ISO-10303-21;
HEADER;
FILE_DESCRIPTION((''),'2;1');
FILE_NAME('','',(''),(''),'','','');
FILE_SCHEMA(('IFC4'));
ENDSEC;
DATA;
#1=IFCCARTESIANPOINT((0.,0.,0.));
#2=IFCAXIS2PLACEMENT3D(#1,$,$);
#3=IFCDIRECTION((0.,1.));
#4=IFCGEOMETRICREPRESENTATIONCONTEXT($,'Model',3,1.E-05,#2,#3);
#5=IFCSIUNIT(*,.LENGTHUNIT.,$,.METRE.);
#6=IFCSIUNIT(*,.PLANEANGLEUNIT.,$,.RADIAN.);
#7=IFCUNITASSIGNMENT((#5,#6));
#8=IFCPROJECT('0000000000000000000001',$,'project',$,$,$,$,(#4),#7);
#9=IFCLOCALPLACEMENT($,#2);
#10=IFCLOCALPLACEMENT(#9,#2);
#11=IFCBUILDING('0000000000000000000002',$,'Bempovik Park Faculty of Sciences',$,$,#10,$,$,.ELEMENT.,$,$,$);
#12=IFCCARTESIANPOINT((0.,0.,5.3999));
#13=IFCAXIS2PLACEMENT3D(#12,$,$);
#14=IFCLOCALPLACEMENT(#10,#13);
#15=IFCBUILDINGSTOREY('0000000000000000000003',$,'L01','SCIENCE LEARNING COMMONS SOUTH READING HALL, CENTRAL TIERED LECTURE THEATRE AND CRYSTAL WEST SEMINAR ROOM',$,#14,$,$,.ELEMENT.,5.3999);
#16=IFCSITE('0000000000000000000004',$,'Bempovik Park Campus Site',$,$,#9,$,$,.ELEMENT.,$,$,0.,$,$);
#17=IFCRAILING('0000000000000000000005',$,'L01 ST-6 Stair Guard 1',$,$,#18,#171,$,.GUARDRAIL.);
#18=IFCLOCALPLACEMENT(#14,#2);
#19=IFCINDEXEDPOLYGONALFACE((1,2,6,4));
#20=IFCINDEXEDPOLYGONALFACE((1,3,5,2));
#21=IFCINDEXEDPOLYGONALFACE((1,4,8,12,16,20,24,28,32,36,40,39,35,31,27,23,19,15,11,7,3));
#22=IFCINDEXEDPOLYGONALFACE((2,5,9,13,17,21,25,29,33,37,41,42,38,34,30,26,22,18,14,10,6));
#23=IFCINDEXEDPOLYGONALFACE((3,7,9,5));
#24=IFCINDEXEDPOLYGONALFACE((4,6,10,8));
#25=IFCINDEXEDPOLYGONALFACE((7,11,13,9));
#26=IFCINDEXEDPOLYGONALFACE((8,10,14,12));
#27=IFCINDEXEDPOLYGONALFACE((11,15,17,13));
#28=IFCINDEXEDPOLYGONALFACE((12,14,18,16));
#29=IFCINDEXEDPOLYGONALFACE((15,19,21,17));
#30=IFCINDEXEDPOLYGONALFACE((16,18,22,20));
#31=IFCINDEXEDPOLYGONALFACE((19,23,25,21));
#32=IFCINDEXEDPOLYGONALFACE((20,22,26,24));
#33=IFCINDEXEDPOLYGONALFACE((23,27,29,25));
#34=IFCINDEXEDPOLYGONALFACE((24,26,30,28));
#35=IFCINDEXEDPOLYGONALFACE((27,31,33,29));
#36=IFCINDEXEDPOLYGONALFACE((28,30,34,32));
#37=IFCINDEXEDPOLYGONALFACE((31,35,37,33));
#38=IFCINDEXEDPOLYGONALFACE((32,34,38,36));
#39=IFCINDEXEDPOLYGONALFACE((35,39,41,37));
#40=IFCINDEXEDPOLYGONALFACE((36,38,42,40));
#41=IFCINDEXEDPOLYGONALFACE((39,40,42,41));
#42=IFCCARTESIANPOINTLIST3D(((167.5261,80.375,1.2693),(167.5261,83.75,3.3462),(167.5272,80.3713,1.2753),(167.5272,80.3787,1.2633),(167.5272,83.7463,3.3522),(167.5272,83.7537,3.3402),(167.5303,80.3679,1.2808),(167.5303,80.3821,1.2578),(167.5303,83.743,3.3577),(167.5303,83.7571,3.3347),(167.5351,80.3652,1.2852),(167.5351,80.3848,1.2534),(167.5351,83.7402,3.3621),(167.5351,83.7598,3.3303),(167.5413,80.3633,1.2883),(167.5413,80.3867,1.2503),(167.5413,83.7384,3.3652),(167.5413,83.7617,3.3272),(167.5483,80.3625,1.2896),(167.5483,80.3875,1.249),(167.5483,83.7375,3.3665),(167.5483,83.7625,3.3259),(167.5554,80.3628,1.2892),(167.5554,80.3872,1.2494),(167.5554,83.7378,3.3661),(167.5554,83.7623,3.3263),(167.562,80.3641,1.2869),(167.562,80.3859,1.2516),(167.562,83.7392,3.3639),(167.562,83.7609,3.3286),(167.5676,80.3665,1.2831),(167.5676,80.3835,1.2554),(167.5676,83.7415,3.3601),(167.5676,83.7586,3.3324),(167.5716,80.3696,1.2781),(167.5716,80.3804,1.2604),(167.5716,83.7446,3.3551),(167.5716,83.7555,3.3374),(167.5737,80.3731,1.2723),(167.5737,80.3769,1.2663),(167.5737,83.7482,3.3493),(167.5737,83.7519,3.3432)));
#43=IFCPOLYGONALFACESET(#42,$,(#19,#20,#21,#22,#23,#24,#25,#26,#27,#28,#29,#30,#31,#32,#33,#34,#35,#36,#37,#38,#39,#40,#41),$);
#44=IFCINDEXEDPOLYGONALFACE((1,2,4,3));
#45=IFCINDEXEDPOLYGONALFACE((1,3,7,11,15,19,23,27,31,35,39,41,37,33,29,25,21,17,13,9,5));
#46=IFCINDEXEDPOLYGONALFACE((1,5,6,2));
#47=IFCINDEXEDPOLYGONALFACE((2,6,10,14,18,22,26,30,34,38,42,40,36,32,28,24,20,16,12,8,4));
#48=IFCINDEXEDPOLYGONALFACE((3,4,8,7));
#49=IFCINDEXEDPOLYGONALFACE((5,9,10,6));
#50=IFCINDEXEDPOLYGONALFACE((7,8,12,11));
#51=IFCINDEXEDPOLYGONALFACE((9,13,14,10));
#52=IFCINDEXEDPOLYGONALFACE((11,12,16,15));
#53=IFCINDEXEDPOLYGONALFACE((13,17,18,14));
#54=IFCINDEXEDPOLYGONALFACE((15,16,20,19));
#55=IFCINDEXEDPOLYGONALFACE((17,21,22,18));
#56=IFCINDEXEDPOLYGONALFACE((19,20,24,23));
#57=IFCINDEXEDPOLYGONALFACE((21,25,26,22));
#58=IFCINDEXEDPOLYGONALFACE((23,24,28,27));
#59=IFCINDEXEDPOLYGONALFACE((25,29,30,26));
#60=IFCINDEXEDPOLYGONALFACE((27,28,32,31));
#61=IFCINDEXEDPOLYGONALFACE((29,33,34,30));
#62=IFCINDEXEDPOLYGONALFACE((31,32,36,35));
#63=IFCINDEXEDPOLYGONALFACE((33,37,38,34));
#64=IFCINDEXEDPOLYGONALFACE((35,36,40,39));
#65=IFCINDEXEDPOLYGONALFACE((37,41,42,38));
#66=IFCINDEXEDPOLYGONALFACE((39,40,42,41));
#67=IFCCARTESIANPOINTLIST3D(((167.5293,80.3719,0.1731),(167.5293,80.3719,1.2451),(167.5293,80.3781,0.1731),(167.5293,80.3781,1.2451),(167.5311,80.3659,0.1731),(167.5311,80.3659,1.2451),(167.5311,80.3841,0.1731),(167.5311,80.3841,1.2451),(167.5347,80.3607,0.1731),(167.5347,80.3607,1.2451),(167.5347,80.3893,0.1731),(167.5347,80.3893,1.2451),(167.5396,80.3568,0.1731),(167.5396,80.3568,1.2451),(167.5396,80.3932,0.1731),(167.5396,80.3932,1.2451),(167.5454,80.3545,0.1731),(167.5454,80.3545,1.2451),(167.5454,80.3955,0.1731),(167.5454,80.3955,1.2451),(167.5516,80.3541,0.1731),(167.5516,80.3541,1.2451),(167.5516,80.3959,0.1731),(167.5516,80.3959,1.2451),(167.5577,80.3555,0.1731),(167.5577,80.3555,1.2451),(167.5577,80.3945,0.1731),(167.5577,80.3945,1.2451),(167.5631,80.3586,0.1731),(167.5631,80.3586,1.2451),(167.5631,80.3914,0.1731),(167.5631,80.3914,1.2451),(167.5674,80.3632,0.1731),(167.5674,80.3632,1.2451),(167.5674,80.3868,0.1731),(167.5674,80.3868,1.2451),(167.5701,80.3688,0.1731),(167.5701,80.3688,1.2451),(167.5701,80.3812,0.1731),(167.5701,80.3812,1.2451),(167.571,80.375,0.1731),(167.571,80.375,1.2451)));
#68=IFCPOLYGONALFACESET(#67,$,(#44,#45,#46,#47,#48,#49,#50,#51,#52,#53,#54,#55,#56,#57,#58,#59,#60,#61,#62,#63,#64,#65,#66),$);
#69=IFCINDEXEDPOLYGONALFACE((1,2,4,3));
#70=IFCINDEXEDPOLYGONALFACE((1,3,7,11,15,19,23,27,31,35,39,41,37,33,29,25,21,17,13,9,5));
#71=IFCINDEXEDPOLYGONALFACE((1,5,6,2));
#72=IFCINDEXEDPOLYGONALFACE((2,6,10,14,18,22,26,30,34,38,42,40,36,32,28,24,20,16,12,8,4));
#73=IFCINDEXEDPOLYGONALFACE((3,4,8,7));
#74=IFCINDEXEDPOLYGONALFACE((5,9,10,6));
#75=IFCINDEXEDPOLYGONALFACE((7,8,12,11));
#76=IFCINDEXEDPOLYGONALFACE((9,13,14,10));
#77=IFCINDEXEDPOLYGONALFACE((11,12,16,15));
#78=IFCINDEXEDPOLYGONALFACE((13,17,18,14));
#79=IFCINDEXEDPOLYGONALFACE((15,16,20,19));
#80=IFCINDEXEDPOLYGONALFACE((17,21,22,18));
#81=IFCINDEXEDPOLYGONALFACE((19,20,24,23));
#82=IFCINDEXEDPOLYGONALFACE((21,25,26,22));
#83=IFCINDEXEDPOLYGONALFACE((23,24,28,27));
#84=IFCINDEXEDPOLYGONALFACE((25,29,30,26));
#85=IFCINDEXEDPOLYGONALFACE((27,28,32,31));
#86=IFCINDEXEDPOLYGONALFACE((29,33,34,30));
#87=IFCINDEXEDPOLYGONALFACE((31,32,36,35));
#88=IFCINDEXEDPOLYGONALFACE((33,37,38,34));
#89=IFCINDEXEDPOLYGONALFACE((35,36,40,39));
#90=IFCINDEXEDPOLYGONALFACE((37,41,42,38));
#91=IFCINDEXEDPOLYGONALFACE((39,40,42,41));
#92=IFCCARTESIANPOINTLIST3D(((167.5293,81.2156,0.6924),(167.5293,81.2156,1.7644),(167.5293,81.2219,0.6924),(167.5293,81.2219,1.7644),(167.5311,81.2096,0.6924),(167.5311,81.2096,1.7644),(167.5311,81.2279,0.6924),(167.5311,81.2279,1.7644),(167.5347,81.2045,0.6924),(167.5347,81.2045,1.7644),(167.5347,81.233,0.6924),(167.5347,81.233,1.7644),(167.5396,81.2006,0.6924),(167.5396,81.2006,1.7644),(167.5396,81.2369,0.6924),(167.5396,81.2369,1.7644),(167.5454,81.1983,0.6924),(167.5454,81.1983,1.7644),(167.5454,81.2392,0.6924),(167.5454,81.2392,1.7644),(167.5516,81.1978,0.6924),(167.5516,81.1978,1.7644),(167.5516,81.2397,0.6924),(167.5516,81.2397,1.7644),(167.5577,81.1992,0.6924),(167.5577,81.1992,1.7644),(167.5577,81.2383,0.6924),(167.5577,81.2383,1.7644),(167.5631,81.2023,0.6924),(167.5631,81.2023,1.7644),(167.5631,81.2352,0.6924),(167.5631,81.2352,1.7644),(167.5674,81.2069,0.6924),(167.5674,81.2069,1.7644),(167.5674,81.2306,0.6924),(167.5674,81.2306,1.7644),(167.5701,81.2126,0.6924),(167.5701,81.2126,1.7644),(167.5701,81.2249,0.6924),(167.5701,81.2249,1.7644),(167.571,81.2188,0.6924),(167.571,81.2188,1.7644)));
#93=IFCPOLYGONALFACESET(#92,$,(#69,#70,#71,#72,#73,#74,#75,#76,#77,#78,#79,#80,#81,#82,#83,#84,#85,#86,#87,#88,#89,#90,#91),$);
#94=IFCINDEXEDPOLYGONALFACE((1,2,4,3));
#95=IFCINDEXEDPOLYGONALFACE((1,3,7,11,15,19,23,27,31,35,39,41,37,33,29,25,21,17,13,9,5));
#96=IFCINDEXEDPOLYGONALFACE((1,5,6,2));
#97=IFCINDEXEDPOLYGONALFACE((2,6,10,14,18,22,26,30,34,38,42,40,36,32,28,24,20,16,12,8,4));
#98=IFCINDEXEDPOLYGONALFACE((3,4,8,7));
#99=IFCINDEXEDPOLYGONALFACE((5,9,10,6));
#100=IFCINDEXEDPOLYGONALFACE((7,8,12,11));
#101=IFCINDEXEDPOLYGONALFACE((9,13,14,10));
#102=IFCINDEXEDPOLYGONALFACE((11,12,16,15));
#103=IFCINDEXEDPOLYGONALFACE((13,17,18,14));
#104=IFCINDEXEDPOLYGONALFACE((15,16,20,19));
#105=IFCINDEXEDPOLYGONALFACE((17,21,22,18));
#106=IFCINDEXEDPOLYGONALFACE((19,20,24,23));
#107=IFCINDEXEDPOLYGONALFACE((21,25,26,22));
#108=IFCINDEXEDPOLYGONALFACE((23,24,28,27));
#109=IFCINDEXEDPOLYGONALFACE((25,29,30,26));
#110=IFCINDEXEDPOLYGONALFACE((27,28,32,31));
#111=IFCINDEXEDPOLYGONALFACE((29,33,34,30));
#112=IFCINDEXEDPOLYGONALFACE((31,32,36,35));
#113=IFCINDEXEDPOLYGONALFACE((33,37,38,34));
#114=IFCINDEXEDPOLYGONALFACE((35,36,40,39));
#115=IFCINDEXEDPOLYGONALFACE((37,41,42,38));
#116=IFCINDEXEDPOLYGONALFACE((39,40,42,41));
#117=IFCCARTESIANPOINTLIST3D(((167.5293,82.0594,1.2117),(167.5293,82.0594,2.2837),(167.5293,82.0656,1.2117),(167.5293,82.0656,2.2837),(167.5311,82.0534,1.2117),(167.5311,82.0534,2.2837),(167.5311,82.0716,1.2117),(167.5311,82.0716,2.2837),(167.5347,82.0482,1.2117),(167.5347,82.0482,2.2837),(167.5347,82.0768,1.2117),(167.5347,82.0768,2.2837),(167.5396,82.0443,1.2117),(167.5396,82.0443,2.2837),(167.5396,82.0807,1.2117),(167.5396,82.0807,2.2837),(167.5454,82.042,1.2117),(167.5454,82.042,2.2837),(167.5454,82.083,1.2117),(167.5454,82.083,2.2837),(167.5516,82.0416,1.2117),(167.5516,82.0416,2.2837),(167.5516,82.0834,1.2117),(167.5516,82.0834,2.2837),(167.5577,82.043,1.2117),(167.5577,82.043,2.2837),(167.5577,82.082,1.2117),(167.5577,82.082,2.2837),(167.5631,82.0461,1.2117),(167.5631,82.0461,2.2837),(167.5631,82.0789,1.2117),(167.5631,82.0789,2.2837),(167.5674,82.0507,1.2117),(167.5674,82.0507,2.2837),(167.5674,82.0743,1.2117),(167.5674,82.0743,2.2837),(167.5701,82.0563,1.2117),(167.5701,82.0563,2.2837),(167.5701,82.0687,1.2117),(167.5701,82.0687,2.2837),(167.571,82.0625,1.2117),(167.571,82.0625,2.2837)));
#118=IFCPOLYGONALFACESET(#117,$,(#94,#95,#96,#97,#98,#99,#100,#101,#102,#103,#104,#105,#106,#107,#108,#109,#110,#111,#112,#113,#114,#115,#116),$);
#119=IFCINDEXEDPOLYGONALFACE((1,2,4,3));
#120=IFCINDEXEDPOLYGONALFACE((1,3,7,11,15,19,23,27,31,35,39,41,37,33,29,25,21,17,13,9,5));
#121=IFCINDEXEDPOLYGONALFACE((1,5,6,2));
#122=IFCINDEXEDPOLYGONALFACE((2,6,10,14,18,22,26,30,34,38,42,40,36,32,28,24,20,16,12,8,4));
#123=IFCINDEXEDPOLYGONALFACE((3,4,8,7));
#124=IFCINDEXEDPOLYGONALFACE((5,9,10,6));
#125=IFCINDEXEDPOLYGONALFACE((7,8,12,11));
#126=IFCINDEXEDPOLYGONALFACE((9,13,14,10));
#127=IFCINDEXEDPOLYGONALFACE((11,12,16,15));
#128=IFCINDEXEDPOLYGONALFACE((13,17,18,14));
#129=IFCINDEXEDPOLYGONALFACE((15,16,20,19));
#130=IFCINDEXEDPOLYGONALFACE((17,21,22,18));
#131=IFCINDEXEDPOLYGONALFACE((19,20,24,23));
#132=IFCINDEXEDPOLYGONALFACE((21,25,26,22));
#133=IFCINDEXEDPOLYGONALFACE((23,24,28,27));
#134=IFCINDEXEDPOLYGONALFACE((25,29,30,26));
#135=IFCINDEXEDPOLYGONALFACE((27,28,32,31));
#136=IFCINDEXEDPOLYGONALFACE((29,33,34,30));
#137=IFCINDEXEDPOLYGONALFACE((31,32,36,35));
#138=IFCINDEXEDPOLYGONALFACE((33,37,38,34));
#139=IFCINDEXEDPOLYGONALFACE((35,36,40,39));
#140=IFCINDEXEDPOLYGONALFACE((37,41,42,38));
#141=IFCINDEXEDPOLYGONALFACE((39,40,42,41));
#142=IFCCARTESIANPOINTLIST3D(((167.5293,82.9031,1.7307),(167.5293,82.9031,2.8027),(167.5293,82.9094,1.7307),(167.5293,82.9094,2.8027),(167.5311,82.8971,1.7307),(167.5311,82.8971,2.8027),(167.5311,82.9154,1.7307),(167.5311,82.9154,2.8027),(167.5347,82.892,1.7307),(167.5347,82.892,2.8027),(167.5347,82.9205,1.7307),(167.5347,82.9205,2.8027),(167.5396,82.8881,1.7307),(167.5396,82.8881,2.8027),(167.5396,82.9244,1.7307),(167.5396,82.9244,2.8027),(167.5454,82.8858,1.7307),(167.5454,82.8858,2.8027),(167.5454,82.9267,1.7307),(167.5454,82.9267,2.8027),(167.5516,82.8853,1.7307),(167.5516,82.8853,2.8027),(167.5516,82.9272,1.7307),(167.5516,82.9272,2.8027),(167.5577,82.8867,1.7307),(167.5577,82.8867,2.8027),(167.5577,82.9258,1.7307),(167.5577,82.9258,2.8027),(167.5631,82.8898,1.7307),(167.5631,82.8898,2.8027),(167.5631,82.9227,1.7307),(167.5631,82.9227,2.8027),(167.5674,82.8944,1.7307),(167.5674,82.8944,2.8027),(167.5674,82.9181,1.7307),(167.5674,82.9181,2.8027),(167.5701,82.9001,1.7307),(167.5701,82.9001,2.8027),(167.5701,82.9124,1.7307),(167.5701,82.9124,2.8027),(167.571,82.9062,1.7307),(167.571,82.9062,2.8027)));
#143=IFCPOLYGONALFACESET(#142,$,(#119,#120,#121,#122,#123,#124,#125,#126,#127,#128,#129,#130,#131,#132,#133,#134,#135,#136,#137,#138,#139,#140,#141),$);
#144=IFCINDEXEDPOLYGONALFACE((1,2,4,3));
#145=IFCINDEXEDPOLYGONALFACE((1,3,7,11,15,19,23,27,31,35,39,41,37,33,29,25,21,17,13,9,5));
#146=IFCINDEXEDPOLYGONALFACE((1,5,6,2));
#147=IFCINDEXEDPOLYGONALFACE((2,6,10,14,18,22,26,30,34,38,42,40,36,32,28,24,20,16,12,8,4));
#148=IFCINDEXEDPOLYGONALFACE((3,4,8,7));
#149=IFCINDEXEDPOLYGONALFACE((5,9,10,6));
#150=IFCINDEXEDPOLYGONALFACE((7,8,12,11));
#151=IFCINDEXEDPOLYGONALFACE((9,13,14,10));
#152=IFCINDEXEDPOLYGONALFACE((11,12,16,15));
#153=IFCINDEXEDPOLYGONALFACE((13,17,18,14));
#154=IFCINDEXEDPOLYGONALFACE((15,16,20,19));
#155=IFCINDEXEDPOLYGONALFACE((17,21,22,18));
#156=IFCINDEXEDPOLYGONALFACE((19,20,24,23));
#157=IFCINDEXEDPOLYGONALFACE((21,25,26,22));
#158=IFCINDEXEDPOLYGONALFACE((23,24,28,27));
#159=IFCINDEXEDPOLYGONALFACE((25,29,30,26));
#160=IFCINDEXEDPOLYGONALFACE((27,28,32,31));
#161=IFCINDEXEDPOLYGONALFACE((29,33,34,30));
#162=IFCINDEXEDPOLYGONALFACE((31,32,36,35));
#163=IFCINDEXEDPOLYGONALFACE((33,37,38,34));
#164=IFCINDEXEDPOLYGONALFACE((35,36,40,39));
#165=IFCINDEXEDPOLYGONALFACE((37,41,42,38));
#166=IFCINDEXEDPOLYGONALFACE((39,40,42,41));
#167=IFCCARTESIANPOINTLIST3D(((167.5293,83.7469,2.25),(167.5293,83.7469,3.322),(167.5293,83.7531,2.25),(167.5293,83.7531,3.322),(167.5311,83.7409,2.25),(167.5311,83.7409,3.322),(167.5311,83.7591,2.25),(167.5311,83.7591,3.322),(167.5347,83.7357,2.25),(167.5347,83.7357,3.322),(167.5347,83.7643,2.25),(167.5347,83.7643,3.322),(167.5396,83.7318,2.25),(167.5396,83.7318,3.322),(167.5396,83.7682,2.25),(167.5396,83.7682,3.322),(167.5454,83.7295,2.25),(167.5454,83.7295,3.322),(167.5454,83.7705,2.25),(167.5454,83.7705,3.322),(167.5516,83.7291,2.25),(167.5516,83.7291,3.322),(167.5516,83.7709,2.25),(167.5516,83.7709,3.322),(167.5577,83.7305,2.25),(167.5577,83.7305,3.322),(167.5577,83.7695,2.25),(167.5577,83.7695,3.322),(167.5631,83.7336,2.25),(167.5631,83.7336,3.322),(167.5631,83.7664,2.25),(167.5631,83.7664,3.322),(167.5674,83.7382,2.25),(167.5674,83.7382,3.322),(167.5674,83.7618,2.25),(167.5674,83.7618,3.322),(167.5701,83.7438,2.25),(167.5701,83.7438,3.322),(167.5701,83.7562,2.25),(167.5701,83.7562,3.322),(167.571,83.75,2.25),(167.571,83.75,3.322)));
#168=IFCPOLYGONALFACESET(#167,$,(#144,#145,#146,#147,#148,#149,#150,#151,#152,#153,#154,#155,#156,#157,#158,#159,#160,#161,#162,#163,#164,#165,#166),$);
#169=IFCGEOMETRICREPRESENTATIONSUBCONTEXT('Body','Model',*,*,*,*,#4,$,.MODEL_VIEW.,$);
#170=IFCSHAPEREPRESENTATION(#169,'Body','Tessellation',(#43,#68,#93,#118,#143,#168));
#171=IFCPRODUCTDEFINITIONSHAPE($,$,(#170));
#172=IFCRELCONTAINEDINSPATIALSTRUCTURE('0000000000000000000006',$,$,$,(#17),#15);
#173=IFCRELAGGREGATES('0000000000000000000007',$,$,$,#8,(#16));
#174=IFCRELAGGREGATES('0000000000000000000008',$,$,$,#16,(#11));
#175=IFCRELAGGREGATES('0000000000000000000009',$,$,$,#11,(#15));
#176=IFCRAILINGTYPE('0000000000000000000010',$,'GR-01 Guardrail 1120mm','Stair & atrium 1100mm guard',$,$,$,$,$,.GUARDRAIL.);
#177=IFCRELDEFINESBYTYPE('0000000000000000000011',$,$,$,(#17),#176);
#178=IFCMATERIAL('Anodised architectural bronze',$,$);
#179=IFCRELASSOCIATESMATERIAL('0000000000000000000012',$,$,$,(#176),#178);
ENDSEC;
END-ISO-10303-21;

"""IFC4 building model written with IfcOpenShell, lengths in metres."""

from ifc_helpers import new_model, si_unit, direction, frame, origin, origin_2d, place, context, subcontext, project, spatial, circle, extrude, material, type_object, element, save


model = new_model("IFC4")

# Units and contexts
model_context = context("Model", 3, precision=1e-05, world=origin(), true_north=direction((0.0, 1.0)))
body_context = subcontext(model_context, "Body", "Model", "MODEL_VIEW")
ifc_project = project(units=[si_unit("LENGTHUNIT", "METRE"), si_unit("PLANEANGLEUNIT", "RADIAN")], contexts=[model_context])

# Site, building, storey
site_placement = place(None, origin())
site = spatial("IfcSite", under=ifc_project, at=site_placement, Name="Bempovik Park Campus Site", CompositionType="ELEMENT", RefElevation=0.0)
building_placement = place(site_placement, origin())
building = spatial("IfcBuilding", under=site, at=building_placement, Name="Bempovik Park Faculty of Sciences", CompositionType="ELEMENT")
storey_placement = place(building_placement, frame((0.0, 0.0, 5.3999)))
storey = spatial("IfcBuildingStorey", under=building, at=storey_placement, Name="L01", Description="SCIENCE LEARNING COMMONS SOUTH READING HALL, CENTRAL TIERED LECTURE THEATRE AND CRYSTAL WEST SEMINAR ROOM", CompositionType="ELEMENT", Elevation=5.3999)

# Railing
ifc_material_1 = material(Name="Anodised architectural bronze")
railing_type_1 = type_object("IfcRailingType", Name="GR-01 Guardrail 1120mm", Description="Stair & atrium 1100mm guard", PredefinedType="GUARDRAIL", material=ifc_material_1)
railing_1_placement = place(storey_placement, frame((167.55, 80.375, 0.1731)))
element("IfcRailing", 1, at=railing_1_placement, inside=storey, type_object=railing_type_1, Name="L01 ST-6 Stair Guard 1", PredefinedType="GUARDRAIL", context=body_context, shape_type="SweptSolid", body=[
    extrude(circle(Radius=0.0239, at=origin_2d()), frame((0.0, 0.0, 1.0962), z_axis=(0.0, 0.85166, 0.524094), x_axis=(-1.0, 0.0, 0.0)), (0.0, 0.0, 1.0), 3.9629),
    extrude(circle(Radius=0.021, at=origin_2d()), origin(), (0.0, 0.0, 1.0), 1.072),
    extrude(circle(Radius=0.021, at=origin_2d()), frame((0.0, 0.8438, 0.5193)), (0.0, 0.0, 1.0), 1.072),
    extrude(circle(Radius=0.021, at=origin_2d()), frame((0.0, 1.6875, 1.0386)), (0.0, 0.0, 1.0), 1.072),
    extrude(circle(Radius=0.021, at=origin_2d()), frame((0.0, 2.5312, 1.5576)), (0.0, 0.0, 1.0), 1.072),
    extrude(circle(Radius=0.021, at=origin_2d()), frame((0.0, 3.375, 2.0769)), (0.0, 0.0, 1.0), 1.072),
])

save(model, "model.ifc")
